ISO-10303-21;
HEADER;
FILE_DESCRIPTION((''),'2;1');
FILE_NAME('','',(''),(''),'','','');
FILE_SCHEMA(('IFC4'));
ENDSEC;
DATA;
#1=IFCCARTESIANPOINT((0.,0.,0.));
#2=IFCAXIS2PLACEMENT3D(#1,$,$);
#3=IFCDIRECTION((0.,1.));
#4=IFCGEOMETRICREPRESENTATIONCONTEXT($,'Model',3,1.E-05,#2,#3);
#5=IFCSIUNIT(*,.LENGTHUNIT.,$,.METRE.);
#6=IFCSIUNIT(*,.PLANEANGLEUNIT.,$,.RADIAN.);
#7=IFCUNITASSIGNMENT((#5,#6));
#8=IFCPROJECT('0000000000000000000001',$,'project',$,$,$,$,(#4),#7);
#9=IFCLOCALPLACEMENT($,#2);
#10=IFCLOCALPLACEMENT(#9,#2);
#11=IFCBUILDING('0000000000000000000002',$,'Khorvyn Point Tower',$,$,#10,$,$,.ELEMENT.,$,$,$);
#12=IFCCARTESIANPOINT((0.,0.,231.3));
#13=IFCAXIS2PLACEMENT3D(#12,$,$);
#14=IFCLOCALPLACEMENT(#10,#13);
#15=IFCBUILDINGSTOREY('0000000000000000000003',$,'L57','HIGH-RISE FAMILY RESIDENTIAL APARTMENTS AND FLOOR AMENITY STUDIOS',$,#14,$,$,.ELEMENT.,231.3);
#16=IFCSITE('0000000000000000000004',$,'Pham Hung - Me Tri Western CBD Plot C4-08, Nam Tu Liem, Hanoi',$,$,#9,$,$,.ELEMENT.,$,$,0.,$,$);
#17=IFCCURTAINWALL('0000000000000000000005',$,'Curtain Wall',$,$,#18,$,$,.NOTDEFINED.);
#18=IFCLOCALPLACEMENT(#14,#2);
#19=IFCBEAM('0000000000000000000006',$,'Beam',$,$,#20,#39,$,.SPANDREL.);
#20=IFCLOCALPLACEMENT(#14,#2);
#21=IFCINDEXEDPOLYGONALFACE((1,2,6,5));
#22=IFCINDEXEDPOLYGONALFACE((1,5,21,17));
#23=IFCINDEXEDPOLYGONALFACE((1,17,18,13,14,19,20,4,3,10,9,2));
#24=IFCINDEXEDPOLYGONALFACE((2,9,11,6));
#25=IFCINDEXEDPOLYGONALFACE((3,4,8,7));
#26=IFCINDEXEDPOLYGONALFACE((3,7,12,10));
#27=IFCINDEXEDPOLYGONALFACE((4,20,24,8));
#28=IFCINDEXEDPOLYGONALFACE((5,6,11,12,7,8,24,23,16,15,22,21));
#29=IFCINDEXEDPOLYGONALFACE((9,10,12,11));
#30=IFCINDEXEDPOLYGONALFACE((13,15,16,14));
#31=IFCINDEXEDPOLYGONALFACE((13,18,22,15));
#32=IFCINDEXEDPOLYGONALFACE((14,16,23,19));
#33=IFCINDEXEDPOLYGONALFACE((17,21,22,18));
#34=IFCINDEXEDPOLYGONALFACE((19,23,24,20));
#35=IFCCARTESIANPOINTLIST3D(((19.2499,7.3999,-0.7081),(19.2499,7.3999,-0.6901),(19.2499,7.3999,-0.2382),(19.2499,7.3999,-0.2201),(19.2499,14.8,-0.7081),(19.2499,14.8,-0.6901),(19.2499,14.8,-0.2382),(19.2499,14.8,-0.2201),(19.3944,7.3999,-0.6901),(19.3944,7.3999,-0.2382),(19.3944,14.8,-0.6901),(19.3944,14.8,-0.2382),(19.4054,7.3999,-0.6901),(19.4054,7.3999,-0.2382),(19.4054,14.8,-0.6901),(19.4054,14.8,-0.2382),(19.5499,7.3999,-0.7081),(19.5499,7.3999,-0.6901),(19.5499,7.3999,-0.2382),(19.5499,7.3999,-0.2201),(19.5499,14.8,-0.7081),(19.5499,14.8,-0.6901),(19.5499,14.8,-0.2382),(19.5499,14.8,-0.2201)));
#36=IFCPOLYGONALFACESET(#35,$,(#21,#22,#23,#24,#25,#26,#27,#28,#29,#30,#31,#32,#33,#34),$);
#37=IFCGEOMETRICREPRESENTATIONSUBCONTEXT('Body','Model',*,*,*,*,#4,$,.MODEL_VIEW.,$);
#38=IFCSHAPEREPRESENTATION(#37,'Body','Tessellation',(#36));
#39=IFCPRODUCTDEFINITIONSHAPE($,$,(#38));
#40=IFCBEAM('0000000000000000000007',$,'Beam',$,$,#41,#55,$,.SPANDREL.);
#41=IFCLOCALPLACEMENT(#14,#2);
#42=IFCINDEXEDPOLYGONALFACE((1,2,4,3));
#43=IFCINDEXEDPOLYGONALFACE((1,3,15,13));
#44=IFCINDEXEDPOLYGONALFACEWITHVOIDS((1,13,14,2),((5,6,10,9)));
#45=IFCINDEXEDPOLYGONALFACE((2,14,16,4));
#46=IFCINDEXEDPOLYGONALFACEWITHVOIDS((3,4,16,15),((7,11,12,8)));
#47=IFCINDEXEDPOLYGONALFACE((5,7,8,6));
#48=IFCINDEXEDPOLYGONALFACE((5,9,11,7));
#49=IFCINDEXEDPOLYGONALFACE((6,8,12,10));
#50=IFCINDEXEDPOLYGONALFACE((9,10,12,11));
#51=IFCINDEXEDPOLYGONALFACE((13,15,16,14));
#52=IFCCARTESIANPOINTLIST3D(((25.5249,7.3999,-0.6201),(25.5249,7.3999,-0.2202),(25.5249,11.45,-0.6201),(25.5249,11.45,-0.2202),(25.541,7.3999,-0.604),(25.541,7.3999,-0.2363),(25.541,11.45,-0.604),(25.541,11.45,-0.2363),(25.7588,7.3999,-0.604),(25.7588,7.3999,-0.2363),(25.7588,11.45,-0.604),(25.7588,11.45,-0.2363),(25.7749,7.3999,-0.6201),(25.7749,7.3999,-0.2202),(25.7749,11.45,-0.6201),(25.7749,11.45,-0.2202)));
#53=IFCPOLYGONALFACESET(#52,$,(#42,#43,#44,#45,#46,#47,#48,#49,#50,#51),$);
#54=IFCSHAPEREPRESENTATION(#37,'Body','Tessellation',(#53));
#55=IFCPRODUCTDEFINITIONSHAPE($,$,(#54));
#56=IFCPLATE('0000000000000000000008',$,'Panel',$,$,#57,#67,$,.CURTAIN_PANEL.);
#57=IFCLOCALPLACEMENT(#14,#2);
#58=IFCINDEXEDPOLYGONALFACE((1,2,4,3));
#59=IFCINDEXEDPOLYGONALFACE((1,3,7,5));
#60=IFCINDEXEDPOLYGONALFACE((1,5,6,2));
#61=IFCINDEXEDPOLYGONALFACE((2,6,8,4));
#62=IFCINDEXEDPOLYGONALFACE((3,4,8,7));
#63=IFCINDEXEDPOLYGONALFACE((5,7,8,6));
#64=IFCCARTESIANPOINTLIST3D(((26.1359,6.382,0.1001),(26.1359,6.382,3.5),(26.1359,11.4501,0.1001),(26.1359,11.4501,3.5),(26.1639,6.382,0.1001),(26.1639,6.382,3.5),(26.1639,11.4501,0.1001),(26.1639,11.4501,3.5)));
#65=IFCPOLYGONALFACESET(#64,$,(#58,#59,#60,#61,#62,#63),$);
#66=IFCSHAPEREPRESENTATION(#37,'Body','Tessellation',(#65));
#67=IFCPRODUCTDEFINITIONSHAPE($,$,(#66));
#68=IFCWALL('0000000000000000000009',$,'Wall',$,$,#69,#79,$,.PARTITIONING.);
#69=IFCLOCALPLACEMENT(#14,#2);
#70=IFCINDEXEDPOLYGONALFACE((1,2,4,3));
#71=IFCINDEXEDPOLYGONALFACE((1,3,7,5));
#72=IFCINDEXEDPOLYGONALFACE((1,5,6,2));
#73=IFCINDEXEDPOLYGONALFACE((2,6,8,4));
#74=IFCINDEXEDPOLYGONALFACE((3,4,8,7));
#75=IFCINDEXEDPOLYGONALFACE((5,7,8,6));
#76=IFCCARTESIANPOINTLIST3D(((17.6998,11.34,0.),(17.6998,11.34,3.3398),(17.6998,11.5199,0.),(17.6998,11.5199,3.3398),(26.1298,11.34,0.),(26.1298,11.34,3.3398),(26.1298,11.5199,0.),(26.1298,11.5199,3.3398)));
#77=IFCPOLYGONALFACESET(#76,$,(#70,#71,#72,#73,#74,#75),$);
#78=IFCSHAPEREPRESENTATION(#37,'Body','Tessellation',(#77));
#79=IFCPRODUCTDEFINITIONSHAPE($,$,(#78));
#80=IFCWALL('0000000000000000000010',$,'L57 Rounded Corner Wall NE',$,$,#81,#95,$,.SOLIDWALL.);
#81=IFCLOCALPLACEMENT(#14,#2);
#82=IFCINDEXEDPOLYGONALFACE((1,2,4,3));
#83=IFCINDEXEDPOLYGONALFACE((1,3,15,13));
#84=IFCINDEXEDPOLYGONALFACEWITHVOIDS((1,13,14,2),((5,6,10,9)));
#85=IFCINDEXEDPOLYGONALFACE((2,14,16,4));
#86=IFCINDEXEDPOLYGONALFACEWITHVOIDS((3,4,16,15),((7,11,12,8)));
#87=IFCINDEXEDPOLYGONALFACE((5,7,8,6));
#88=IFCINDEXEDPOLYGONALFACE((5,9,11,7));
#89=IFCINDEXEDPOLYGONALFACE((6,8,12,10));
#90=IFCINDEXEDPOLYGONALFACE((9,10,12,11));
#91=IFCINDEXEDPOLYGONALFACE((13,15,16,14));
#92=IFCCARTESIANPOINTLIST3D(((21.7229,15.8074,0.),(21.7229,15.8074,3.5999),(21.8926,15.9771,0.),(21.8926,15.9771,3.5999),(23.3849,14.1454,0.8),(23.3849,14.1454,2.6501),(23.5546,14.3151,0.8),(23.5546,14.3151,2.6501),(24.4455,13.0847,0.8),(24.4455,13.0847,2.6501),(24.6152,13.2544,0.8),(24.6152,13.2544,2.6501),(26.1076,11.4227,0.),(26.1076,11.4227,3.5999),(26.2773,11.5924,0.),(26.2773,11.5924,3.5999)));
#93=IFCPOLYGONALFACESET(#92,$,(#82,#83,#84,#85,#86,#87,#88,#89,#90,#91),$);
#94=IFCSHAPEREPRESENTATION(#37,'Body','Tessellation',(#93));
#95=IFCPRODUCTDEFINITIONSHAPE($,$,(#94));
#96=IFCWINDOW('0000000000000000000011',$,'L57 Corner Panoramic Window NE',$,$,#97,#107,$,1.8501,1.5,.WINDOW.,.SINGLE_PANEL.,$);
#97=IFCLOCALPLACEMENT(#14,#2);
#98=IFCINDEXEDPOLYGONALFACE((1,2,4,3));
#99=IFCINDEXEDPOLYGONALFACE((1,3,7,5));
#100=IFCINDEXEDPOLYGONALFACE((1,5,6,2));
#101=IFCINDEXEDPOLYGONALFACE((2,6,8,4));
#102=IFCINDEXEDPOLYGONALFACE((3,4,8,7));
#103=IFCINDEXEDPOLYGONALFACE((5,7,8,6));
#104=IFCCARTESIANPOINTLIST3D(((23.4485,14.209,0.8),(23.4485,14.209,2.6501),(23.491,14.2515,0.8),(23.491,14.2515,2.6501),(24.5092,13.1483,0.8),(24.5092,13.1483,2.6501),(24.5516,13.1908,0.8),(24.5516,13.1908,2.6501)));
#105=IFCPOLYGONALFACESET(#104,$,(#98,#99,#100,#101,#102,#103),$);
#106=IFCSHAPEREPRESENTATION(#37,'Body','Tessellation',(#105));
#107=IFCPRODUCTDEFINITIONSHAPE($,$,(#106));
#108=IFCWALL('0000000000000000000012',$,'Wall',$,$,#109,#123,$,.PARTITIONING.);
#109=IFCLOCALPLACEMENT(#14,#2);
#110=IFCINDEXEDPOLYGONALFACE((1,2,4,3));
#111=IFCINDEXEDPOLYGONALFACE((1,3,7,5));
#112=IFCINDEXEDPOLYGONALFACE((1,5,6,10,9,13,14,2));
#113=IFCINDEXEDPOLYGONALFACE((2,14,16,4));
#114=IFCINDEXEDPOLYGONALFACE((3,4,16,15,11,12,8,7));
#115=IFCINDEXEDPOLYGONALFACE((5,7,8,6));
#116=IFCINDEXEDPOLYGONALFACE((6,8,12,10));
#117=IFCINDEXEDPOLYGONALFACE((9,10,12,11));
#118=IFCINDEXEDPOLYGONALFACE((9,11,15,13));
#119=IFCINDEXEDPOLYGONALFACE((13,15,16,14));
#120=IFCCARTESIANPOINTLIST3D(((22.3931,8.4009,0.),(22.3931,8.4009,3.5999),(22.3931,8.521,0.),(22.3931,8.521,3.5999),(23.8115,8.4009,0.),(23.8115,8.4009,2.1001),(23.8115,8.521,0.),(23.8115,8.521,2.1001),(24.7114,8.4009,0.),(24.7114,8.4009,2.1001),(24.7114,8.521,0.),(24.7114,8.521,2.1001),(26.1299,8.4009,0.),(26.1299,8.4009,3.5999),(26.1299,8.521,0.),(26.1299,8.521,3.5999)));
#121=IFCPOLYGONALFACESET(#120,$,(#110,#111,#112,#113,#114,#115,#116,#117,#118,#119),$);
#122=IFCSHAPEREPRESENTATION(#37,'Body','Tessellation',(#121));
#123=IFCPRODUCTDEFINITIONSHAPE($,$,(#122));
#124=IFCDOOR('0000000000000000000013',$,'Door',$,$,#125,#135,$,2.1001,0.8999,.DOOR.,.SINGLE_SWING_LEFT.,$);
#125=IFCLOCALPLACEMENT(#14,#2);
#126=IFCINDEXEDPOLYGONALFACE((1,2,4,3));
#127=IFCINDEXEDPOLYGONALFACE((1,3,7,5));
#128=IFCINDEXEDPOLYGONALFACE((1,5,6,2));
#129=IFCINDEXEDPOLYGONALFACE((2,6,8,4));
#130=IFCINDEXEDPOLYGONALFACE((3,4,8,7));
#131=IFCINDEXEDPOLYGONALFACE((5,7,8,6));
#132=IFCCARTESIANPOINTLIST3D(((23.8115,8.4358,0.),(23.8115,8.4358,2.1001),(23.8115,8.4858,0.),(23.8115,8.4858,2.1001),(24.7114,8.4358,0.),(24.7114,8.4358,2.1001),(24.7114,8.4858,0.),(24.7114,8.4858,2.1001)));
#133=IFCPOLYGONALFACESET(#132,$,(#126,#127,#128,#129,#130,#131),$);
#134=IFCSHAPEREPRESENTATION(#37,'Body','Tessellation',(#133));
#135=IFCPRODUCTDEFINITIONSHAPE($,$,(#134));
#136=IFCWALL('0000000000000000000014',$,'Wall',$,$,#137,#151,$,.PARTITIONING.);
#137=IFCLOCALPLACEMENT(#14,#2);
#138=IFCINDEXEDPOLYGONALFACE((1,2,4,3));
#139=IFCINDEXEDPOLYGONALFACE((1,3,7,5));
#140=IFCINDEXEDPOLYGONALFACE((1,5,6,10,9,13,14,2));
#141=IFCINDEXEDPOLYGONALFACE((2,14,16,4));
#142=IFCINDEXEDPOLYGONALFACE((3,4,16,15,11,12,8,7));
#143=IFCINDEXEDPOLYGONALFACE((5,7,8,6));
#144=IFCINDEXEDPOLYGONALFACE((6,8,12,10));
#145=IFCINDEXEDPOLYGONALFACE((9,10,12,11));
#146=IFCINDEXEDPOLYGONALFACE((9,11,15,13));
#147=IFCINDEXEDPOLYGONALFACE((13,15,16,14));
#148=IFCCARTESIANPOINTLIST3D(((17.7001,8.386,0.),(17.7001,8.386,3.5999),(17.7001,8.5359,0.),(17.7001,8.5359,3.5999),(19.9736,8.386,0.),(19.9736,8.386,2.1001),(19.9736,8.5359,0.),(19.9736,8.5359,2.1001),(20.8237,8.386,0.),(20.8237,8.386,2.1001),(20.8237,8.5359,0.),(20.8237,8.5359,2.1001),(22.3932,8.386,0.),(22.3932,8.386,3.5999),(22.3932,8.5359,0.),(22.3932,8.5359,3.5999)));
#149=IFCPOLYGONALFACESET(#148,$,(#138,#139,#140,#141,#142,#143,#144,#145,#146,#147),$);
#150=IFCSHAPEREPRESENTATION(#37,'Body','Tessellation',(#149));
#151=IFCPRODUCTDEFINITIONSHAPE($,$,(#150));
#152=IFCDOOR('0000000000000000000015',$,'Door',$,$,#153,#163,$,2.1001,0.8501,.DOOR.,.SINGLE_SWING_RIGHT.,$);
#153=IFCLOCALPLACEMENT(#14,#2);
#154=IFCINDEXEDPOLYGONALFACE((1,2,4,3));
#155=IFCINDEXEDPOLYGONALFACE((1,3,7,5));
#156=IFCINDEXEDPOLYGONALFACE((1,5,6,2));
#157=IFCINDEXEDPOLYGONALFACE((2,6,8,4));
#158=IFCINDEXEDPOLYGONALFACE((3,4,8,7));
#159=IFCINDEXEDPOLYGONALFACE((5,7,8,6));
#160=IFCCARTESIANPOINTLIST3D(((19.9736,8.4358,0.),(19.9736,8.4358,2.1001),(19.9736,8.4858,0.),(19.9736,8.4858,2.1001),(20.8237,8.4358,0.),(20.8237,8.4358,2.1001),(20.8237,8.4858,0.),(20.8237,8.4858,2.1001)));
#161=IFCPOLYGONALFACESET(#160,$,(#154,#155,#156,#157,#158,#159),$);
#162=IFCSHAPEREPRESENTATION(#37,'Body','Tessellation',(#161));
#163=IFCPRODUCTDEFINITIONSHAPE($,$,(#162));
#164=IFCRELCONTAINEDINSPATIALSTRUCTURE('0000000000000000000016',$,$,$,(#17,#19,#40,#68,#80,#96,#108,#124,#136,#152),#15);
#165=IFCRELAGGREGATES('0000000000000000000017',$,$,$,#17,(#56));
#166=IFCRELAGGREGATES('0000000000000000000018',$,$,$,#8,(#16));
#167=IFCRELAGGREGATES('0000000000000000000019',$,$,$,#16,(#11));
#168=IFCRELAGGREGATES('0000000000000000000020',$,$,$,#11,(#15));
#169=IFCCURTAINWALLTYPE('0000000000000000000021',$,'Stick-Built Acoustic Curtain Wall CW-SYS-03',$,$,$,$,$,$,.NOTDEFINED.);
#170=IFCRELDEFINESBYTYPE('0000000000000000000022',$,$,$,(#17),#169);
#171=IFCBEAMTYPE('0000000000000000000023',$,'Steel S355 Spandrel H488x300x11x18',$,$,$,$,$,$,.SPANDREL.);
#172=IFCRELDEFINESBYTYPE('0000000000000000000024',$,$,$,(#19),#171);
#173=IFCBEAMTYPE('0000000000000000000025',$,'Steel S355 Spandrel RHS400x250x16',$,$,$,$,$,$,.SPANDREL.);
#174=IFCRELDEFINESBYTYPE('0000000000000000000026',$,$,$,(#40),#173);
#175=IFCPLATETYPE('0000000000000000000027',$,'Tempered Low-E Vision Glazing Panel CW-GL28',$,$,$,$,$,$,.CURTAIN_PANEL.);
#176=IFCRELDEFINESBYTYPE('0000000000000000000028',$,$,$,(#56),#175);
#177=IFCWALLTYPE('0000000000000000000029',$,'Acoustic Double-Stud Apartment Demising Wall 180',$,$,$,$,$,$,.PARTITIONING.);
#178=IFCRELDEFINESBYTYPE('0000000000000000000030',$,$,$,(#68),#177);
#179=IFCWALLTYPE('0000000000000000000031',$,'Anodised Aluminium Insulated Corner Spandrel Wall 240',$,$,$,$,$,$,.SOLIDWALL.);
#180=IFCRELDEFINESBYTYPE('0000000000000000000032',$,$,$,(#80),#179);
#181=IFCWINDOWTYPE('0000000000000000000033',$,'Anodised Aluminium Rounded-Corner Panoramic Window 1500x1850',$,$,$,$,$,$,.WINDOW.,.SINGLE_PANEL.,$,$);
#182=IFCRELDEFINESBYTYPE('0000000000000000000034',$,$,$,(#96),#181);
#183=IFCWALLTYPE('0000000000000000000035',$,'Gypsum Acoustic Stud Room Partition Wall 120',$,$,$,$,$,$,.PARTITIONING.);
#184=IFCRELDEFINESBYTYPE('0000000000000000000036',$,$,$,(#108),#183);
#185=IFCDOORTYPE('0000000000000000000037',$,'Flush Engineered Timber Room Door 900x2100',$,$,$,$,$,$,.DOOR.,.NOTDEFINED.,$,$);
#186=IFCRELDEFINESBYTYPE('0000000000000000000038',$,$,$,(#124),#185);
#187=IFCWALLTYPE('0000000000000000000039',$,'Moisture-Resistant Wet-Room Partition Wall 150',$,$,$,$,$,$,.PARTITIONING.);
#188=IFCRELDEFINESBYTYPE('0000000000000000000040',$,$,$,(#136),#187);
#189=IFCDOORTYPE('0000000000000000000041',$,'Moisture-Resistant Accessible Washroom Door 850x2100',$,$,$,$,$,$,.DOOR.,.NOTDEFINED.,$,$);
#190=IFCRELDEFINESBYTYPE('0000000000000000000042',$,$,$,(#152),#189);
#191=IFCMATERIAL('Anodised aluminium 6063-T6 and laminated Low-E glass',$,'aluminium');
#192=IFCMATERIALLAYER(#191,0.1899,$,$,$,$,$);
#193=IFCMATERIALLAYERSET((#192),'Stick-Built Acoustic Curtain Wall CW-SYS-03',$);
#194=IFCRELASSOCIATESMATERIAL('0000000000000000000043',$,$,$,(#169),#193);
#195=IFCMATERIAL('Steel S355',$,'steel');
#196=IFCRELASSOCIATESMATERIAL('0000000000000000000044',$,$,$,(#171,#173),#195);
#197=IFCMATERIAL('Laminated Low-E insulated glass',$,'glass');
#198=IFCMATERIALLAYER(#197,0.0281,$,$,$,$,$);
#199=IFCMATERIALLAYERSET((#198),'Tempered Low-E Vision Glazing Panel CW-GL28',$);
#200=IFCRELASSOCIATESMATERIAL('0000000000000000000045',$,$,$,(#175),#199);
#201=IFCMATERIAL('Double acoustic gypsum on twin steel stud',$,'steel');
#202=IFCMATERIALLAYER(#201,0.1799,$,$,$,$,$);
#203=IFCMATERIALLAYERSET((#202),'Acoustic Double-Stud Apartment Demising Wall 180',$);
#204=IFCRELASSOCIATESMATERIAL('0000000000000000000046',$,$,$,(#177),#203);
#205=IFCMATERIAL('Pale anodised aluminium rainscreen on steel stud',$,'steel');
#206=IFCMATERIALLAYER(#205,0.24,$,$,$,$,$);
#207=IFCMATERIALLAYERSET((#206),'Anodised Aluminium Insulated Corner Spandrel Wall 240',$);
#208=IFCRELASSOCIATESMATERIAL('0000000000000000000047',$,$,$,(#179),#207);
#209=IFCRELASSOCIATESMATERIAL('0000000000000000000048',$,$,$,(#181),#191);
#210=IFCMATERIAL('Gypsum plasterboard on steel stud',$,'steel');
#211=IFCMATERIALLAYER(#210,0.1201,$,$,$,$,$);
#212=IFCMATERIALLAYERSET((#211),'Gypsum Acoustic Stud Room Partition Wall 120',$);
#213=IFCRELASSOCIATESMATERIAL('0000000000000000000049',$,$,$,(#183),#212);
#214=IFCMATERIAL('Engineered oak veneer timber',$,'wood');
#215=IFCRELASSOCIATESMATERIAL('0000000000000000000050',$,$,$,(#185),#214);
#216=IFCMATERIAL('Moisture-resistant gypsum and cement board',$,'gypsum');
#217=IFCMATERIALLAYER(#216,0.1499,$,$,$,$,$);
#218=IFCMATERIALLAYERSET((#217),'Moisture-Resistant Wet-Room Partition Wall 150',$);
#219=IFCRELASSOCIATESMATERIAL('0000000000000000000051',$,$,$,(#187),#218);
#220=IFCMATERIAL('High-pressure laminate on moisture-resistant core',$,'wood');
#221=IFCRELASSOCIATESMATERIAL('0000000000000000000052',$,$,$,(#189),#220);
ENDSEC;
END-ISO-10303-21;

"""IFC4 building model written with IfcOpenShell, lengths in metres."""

from ifc_helpers import new_model, si_unit, direction, frame, frame_2d, origin, origin_2d, place, context, subcontext, project, spatial, rectangle, hollow_rectangle, i_section, extrude, material, layer, layer_set, material_profile, profile_set, type_object, element, fill, aggregate, save


model = new_model("IFC4")

# Units and contexts
model_context = context("Model", 3, precision=1e-05, world=origin(), true_north=direction((0.0, 1.0)))
body_context = subcontext(model_context, "Body", "Model", "MODEL_VIEW")
ifc_project = project(units=[si_unit("LENGTHUNIT", "METRE"), si_unit("PLANEANGLEUNIT", "RADIAN")], contexts=[model_context])

# Site, building, storey
site_placement = place(None, origin())
site = spatial("IfcSite", under=ifc_project, at=site_placement, Name="Pham Hung - Me Tri Western CBD Plot C4-08, Nam Tu Liem, Hanoi", CompositionType="ELEMENT", RefElevation=0.0)
building_placement = place(site_placement, origin())
building = spatial("IfcBuilding", under=site, at=building_placement, Name="Khorvyn Point Tower", CompositionType="ELEMENT")
storey_placement = place(building_placement, frame((0.0, 0.0, 231.3)))
storey = spatial("IfcBuildingStorey", under=building, at=storey_placement, Name="L57", Description="HIGH-RISE FAMILY RESIDENTIAL APARTMENTS AND FLOOR AMENITY STUDIOS", CompositionType="ELEMENT", Elevation=231.3)

# Shared definitions
ifc_material_1 = material(Name="Anodised aluminium 6063-T6 and laminated Low-E glass", Category="aluminium")
ifc_layer_1 = layer(ifc_material_1, 0.1899)
ifc_layer_set_1 = layer_set([ifc_layer_1], Name="Stick-Built Acoustic Curtain Wall CW-SYS-03")
curtain_wall_type = type_object("IfcCurtainWallType", Name="Stick-Built Acoustic Curtain Wall CW-SYS-03", PredefinedType="NOTDEFINED", material=ifc_layer_set_1)

# Curtain wall
curtain_wall_1_placement = place(storey_placement, origin())
curtain_wall_1 = element("IfcCurtainWall", 1, at=curtain_wall_1_placement, inside=storey, type_object=curtain_wall_type, Name="Curtain Wall", PredefinedType="NOTDEFINED")

# Beams
ifc_material_2 = material(Name="Steel S355", Category="steel")
ifc_material_profile_1 = material_profile(ifc_material_2, i_section(OverallWidth=0.3, OverallDepth=0.488, WebThickness=0.011, FlangeThickness=0.0181, at=origin_2d()))
ifc_profile_set_1 = profile_set([ifc_material_profile_1], Name="Steel S355 H488x300x11x18")
beam_type_1 = type_object("IfcBeamType", Name="Steel S355 Spandrel H488x300x11x18", PredefinedType="SPANDREL", material=ifc_profile_set_1)
beam_1_placement = place(storey_placement, frame((19.3999, 7.3999, -0.4641), z_axis=(0.0, 1.0, 0.0), x_axis=(-1.0, 0.0, 0.0)))
element("IfcBeam", 2, at=beam_1_placement, inside=storey, type_object=beam_type_1, Name="Beam", PredefinedType="SPANDREL", context=body_context, shape_type="SweptSolid", body=[
    extrude(i_section(OverallWidth=0.3, OverallDepth=0.488, WebThickness=0.011, FlangeThickness=0.0181, at=origin_2d()), origin(), (0.0, 0.0, 1.0), 7.4001),
])
ifc_material_profile_2 = material_profile(ifc_material_2, hollow_rectangle(XDim=0.25, YDim=0.3999, WallThickness=0.0161, at=origin_2d()))
ifc_profile_set_2 = profile_set([ifc_material_profile_2], Name="Steel S355 RHS400x250x16")
beam_type_2 = type_object("IfcBeamType", Name="Steel S355 Spandrel RHS400x250x16", PredefinedType="SPANDREL", material=ifc_profile_set_2)
beam_2_placement = place(storey_placement, frame((25.6499, 7.3999, -0.4202), z_axis=(0.0, 1.0, 0.0), x_axis=(-1.0, 0.0, 0.0)))
element("IfcBeam", 3, at=beam_2_placement, inside=storey, type_object=beam_type_2, Name="Beam", PredefinedType="SPANDREL", context=body_context, shape_type="SweptSolid", body=[
    extrude(hollow_rectangle(XDim=0.25, YDim=0.3999, WallThickness=0.0161, at=origin_2d()), origin(), (0.0, 0.0, 1.0), 4.05),
])

# Plate
ifc_material_3 = material(Name="Laminated Low-E insulated glass", Category="glass")
ifc_layer_2 = layer(ifc_material_3, 0.0281)
ifc_layer_set_2 = layer_set([ifc_layer_2], Name="Tempered Low-E Vision Glazing Panel CW-GL28")
plate_type = type_object("IfcPlateType", Name="Tempered Low-E Vision Glazing Panel CW-GL28", PredefinedType="CURTAIN_PANEL", material=ifc_layer_set_2)
plate_placement = place(storey_placement, frame((26.1499, 8.916, 0.1001), z_axis=(0.0, 0.0, 1.0), x_axis=(0.0, -1.0, 0.0)))
plate = element("IfcPlate", 4, at=plate_placement, type_object=plate_type, Name="Panel", PredefinedType="CURTAIN_PANEL", context=body_context, shape_type="SweptSolid", body=[
    extrude(rectangle(XDim=5.0681, YDim=0.0281, at=origin_2d()), origin(), (0.0, 0.0, 1.0), 3.3999),
])
aggregate(curtain_wall_1, [plate])

# Wall
ifc_material_4 = material(Name="Double acoustic gypsum on twin steel stud", Category="steel")
ifc_layer_3 = layer(ifc_material_4, 0.1799)
ifc_layer_set_3 = layer_set([ifc_layer_3], Name="Acoustic Double-Stud Apartment Demising Wall 180")
wall_type_1 = type_object("IfcWallType", Name="Acoustic Double-Stud Apartment Demising Wall 180", PredefinedType="PARTITIONING", material=ifc_layer_set_3)
wall_1_placement = place(storey_placement, frame((17.7, 11.4299, 0.0), z_axis=(0.0, 0.0, 1.0), x_axis=(1.0, 0.0, 0.0)))
element("IfcWall", 5, at=wall_1_placement, inside=storey, type_object=wall_type_1, Name="Wall", PredefinedType="PARTITIONING", context=body_context, shape_type="SweptSolid", body=[
    extrude(rectangle(XDim=8.4299, YDim=0.1799, at=frame_2d((4.2148, 0.0))), origin(), (0.0, 0.0, 1.0), 3.3398),
])

# Wall, opening, window
ifc_material_5 = material(Name="Pale anodised aluminium rainscreen on steel stud", Category="steel")
ifc_layer_4 = layer(ifc_material_5, 0.24)
ifc_layer_set_4 = layer_set([ifc_layer_4], Name="Anodised Aluminium Insulated Corner Spandrel Wall 240")
wall_type_2 = type_object("IfcWallType", Name="Anodised Aluminium Insulated Corner Spandrel Wall 240", PredefinedType="SOLIDWALL", material=ifc_layer_set_4)
wall_2_placement = place(storey_placement, frame((21.8076, 15.8923, 0.0), z_axis=(0.0, 0.0, 1.0), x_axis=(0.707107, -0.707107, 0.0)))
wall_2 = element("IfcWall", 6, at=wall_2_placement, inside=storey, type_object=wall_type_2, Name="L57 Rounded Corner Wall NE", PredefinedType="SOLIDWALL", context=body_context, shape_type="SweptSolid", body=[
    extrude(rectangle(XDim=6.2009, YDim=0.24, at=frame_2d((3.1006, 0.0))), origin(), (0.0, 0.0, 1.0), 3.5999),
])
opening_1_placement = place(wall_2_placement, frame((2.3506, 0.0, 0.8)))
opening_1 = element("IfcOpeningElement", 7, at=opening_1_placement, cuts=wall_2, PredefinedType="OPENING", context=body_context, shape_type="SweptSolid", body=[
    extrude(rectangle(XDim=1.5, YDim=1.8501, at=frame_2d((0.75, 0.925))), frame((0.0, 0.1299, 0.0), z_axis=(0.0, -1.0, 0.0), x_axis=(1.0, 0.0, 0.0)), (0.0, 0.0, 1.0), 0.26),
])
window_type = type_object("IfcWindowType", Name="Anodised Aluminium Rounded-Corner Panoramic Window 1500x1850", PartitioningType="SINGLE_PANEL", PredefinedType="WINDOW", material=ifc_material_1)
window_placement = place(opening_1_placement, origin())
window = element("IfcWindow", 8, at=window_placement, inside=storey, type_object=window_type, Name="L57 Corner Panoramic Window NE", OverallHeight=1.8501, OverallWidth=1.5, PartitioningType="SINGLE_PANEL", PredefinedType="WINDOW", context=body_context, shape_type="SweptSolid", body=[
    extrude(rectangle(XDim=1.5, YDim=1.8501, at=frame_2d((0.75, 0.925))), frame((0.0, 0.03, 0.0), z_axis=(0.0, -1.0, 0.0), x_axis=(1.0, 0.0, 0.0)), (0.0, 0.0, 1.0), 0.0601),
])
fill(opening_1, window)

# Walls, openings, doors
ifc_material_6 = material(Name="Gypsum plasterboard on steel stud", Category="steel")
ifc_layer_5 = layer(ifc_material_6, 0.1201)
ifc_layer_set_5 = layer_set([ifc_layer_5], Name="Gypsum Acoustic Stud Room Partition Wall 120")
wall_type_3 = type_object("IfcWallType", Name="Gypsum Acoustic Stud Room Partition Wall 120", PredefinedType="PARTITIONING", material=ifc_layer_set_5)
wall_3_placement = place(storey_placement, frame((22.3931, 8.4609, 0.0), z_axis=(0.0, 0.0, 1.0), x_axis=(1.0, 0.0, 0.0)))
wall_3 = element("IfcWall", 9, at=wall_3_placement, inside=storey, type_object=wall_type_3, Name="Wall", PredefinedType="PARTITIONING", context=body_context, shape_type="SweptSolid", body=[
    extrude(rectangle(XDim=3.7368, YDim=0.1201, at=frame_2d((1.8684, 0.0))), origin(), (0.0, 0.0, 1.0), 3.5999),
])
opening_2_placement = place(wall_3_placement, frame((1.4185, 0.0, 0.0)))
opening_2 = element("IfcOpeningElement", 10, at=opening_2_placement, cuts=wall_3, PredefinedType="OPENING", context=body_context, shape_type="SweptSolid", body=[
    extrude(rectangle(XDim=0.8999, YDim=2.1001, at=frame_2d((0.45, 1.05))), frame((0.0, 0.0701, 0.0), z_axis=(0.0, -1.0, 0.0), x_axis=(1.0, 0.0, 0.0)), (0.0, 0.0, 1.0), 0.1401),
])
ifc_material_7 = material(Name="Engineered oak veneer timber", Category="wood")
door_type_1 = type_object("IfcDoorType", Name="Flush Engineered Timber Room Door 900x2100", OperationType="NOTDEFINED", PredefinedType="DOOR", material=ifc_material_7)
door_1_placement = place(opening_2_placement, origin())
door_1 = element("IfcDoor", 11, at=door_1_placement, inside=storey, type_object=door_type_1, Name="Door", OperationType="SINGLE_SWING_LEFT", OverallHeight=2.1001, OverallWidth=0.8999, PredefinedType="DOOR", context=body_context, shape_type="SweptSolid", body=[
    extrude(rectangle(XDim=0.8999, YDim=2.1001, at=frame_2d((0.45, 1.05))), frame((0.0, 0.0249, 0.0), z_axis=(0.0, -1.0, 0.0), x_axis=(1.0, 0.0, 0.0)), (0.0, 0.0, 1.0), 0.05),
])
fill(opening_2, door_1)
ifc_material_8 = material(Name="Moisture-resistant gypsum and cement board", Category="gypsum")
ifc_layer_6 = layer(ifc_material_8, 0.1499)
ifc_layer_set_6 = layer_set([ifc_layer_6], Name="Moisture-Resistant Wet-Room Partition Wall 150")
wall_type_4 = type_object("IfcWallType", Name="Moisture-Resistant Wet-Room Partition Wall 150", PredefinedType="PARTITIONING", material=ifc_layer_set_6)
wall_4_placement = place(storey_placement, frame((17.7, 8.4609, 0.0), z_axis=(0.0, 0.0, 1.0), x_axis=(1.0, 0.0, 0.0)))
wall_4 = element("IfcWall", 12, at=wall_4_placement, inside=storey, type_object=wall_type_4, Name="Wall", PredefinedType="PARTITIONING", context=body_context, shape_type="SweptSolid", body=[
    extrude(rectangle(XDim=4.6931, YDim=0.1499, at=frame_2d((2.3467, 0.0))), origin(), (0.0, 0.0, 1.0), 3.5999),
])
opening_3_placement = place(wall_4_placement, frame((2.2737, 0.0, 0.0)))
opening_3 = element("IfcOpeningElement", 13, at=opening_3_placement, cuts=wall_4, PredefinedType="OPENING", context=body_context, shape_type="SweptSolid", body=[
    extrude(rectangle(XDim=0.8501, YDim=2.1001, at=frame_2d((0.425, 1.05))), frame((0.0, 0.085, 0.0), z_axis=(0.0, -1.0, 0.0), x_axis=(1.0, 0.0, 0.0)), (0.0, 0.0, 1.0), 0.1699),
])
ifc_material_9 = material(Name="High-pressure laminate on moisture-resistant core", Category="wood")
door_type_2 = type_object("IfcDoorType", Name="Moisture-Resistant Accessible Washroom Door 850x2100", OperationType="NOTDEFINED", PredefinedType="DOOR", material=ifc_material_9)
door_2_placement = place(opening_3_placement, origin())
door_2 = element("IfcDoor", 14, at=door_2_placement, inside=storey, type_object=door_type_2, Name="Door", OperationType="SINGLE_SWING_RIGHT", OverallHeight=2.1001, OverallWidth=0.8501, PredefinedType="DOOR", context=body_context, shape_type="SweptSolid", body=[
    extrude(rectangle(XDim=0.8501, YDim=2.1001, at=frame_2d((0.425, 1.05))), frame((0.0, 0.0249, 0.0), z_axis=(0.0, -1.0, 0.0), x_axis=(1.0, 0.0, 0.0)), (0.0, 0.0, 1.0), 0.05),
])
fill(opening_3, door_2)

save(model, "model.ifc")
